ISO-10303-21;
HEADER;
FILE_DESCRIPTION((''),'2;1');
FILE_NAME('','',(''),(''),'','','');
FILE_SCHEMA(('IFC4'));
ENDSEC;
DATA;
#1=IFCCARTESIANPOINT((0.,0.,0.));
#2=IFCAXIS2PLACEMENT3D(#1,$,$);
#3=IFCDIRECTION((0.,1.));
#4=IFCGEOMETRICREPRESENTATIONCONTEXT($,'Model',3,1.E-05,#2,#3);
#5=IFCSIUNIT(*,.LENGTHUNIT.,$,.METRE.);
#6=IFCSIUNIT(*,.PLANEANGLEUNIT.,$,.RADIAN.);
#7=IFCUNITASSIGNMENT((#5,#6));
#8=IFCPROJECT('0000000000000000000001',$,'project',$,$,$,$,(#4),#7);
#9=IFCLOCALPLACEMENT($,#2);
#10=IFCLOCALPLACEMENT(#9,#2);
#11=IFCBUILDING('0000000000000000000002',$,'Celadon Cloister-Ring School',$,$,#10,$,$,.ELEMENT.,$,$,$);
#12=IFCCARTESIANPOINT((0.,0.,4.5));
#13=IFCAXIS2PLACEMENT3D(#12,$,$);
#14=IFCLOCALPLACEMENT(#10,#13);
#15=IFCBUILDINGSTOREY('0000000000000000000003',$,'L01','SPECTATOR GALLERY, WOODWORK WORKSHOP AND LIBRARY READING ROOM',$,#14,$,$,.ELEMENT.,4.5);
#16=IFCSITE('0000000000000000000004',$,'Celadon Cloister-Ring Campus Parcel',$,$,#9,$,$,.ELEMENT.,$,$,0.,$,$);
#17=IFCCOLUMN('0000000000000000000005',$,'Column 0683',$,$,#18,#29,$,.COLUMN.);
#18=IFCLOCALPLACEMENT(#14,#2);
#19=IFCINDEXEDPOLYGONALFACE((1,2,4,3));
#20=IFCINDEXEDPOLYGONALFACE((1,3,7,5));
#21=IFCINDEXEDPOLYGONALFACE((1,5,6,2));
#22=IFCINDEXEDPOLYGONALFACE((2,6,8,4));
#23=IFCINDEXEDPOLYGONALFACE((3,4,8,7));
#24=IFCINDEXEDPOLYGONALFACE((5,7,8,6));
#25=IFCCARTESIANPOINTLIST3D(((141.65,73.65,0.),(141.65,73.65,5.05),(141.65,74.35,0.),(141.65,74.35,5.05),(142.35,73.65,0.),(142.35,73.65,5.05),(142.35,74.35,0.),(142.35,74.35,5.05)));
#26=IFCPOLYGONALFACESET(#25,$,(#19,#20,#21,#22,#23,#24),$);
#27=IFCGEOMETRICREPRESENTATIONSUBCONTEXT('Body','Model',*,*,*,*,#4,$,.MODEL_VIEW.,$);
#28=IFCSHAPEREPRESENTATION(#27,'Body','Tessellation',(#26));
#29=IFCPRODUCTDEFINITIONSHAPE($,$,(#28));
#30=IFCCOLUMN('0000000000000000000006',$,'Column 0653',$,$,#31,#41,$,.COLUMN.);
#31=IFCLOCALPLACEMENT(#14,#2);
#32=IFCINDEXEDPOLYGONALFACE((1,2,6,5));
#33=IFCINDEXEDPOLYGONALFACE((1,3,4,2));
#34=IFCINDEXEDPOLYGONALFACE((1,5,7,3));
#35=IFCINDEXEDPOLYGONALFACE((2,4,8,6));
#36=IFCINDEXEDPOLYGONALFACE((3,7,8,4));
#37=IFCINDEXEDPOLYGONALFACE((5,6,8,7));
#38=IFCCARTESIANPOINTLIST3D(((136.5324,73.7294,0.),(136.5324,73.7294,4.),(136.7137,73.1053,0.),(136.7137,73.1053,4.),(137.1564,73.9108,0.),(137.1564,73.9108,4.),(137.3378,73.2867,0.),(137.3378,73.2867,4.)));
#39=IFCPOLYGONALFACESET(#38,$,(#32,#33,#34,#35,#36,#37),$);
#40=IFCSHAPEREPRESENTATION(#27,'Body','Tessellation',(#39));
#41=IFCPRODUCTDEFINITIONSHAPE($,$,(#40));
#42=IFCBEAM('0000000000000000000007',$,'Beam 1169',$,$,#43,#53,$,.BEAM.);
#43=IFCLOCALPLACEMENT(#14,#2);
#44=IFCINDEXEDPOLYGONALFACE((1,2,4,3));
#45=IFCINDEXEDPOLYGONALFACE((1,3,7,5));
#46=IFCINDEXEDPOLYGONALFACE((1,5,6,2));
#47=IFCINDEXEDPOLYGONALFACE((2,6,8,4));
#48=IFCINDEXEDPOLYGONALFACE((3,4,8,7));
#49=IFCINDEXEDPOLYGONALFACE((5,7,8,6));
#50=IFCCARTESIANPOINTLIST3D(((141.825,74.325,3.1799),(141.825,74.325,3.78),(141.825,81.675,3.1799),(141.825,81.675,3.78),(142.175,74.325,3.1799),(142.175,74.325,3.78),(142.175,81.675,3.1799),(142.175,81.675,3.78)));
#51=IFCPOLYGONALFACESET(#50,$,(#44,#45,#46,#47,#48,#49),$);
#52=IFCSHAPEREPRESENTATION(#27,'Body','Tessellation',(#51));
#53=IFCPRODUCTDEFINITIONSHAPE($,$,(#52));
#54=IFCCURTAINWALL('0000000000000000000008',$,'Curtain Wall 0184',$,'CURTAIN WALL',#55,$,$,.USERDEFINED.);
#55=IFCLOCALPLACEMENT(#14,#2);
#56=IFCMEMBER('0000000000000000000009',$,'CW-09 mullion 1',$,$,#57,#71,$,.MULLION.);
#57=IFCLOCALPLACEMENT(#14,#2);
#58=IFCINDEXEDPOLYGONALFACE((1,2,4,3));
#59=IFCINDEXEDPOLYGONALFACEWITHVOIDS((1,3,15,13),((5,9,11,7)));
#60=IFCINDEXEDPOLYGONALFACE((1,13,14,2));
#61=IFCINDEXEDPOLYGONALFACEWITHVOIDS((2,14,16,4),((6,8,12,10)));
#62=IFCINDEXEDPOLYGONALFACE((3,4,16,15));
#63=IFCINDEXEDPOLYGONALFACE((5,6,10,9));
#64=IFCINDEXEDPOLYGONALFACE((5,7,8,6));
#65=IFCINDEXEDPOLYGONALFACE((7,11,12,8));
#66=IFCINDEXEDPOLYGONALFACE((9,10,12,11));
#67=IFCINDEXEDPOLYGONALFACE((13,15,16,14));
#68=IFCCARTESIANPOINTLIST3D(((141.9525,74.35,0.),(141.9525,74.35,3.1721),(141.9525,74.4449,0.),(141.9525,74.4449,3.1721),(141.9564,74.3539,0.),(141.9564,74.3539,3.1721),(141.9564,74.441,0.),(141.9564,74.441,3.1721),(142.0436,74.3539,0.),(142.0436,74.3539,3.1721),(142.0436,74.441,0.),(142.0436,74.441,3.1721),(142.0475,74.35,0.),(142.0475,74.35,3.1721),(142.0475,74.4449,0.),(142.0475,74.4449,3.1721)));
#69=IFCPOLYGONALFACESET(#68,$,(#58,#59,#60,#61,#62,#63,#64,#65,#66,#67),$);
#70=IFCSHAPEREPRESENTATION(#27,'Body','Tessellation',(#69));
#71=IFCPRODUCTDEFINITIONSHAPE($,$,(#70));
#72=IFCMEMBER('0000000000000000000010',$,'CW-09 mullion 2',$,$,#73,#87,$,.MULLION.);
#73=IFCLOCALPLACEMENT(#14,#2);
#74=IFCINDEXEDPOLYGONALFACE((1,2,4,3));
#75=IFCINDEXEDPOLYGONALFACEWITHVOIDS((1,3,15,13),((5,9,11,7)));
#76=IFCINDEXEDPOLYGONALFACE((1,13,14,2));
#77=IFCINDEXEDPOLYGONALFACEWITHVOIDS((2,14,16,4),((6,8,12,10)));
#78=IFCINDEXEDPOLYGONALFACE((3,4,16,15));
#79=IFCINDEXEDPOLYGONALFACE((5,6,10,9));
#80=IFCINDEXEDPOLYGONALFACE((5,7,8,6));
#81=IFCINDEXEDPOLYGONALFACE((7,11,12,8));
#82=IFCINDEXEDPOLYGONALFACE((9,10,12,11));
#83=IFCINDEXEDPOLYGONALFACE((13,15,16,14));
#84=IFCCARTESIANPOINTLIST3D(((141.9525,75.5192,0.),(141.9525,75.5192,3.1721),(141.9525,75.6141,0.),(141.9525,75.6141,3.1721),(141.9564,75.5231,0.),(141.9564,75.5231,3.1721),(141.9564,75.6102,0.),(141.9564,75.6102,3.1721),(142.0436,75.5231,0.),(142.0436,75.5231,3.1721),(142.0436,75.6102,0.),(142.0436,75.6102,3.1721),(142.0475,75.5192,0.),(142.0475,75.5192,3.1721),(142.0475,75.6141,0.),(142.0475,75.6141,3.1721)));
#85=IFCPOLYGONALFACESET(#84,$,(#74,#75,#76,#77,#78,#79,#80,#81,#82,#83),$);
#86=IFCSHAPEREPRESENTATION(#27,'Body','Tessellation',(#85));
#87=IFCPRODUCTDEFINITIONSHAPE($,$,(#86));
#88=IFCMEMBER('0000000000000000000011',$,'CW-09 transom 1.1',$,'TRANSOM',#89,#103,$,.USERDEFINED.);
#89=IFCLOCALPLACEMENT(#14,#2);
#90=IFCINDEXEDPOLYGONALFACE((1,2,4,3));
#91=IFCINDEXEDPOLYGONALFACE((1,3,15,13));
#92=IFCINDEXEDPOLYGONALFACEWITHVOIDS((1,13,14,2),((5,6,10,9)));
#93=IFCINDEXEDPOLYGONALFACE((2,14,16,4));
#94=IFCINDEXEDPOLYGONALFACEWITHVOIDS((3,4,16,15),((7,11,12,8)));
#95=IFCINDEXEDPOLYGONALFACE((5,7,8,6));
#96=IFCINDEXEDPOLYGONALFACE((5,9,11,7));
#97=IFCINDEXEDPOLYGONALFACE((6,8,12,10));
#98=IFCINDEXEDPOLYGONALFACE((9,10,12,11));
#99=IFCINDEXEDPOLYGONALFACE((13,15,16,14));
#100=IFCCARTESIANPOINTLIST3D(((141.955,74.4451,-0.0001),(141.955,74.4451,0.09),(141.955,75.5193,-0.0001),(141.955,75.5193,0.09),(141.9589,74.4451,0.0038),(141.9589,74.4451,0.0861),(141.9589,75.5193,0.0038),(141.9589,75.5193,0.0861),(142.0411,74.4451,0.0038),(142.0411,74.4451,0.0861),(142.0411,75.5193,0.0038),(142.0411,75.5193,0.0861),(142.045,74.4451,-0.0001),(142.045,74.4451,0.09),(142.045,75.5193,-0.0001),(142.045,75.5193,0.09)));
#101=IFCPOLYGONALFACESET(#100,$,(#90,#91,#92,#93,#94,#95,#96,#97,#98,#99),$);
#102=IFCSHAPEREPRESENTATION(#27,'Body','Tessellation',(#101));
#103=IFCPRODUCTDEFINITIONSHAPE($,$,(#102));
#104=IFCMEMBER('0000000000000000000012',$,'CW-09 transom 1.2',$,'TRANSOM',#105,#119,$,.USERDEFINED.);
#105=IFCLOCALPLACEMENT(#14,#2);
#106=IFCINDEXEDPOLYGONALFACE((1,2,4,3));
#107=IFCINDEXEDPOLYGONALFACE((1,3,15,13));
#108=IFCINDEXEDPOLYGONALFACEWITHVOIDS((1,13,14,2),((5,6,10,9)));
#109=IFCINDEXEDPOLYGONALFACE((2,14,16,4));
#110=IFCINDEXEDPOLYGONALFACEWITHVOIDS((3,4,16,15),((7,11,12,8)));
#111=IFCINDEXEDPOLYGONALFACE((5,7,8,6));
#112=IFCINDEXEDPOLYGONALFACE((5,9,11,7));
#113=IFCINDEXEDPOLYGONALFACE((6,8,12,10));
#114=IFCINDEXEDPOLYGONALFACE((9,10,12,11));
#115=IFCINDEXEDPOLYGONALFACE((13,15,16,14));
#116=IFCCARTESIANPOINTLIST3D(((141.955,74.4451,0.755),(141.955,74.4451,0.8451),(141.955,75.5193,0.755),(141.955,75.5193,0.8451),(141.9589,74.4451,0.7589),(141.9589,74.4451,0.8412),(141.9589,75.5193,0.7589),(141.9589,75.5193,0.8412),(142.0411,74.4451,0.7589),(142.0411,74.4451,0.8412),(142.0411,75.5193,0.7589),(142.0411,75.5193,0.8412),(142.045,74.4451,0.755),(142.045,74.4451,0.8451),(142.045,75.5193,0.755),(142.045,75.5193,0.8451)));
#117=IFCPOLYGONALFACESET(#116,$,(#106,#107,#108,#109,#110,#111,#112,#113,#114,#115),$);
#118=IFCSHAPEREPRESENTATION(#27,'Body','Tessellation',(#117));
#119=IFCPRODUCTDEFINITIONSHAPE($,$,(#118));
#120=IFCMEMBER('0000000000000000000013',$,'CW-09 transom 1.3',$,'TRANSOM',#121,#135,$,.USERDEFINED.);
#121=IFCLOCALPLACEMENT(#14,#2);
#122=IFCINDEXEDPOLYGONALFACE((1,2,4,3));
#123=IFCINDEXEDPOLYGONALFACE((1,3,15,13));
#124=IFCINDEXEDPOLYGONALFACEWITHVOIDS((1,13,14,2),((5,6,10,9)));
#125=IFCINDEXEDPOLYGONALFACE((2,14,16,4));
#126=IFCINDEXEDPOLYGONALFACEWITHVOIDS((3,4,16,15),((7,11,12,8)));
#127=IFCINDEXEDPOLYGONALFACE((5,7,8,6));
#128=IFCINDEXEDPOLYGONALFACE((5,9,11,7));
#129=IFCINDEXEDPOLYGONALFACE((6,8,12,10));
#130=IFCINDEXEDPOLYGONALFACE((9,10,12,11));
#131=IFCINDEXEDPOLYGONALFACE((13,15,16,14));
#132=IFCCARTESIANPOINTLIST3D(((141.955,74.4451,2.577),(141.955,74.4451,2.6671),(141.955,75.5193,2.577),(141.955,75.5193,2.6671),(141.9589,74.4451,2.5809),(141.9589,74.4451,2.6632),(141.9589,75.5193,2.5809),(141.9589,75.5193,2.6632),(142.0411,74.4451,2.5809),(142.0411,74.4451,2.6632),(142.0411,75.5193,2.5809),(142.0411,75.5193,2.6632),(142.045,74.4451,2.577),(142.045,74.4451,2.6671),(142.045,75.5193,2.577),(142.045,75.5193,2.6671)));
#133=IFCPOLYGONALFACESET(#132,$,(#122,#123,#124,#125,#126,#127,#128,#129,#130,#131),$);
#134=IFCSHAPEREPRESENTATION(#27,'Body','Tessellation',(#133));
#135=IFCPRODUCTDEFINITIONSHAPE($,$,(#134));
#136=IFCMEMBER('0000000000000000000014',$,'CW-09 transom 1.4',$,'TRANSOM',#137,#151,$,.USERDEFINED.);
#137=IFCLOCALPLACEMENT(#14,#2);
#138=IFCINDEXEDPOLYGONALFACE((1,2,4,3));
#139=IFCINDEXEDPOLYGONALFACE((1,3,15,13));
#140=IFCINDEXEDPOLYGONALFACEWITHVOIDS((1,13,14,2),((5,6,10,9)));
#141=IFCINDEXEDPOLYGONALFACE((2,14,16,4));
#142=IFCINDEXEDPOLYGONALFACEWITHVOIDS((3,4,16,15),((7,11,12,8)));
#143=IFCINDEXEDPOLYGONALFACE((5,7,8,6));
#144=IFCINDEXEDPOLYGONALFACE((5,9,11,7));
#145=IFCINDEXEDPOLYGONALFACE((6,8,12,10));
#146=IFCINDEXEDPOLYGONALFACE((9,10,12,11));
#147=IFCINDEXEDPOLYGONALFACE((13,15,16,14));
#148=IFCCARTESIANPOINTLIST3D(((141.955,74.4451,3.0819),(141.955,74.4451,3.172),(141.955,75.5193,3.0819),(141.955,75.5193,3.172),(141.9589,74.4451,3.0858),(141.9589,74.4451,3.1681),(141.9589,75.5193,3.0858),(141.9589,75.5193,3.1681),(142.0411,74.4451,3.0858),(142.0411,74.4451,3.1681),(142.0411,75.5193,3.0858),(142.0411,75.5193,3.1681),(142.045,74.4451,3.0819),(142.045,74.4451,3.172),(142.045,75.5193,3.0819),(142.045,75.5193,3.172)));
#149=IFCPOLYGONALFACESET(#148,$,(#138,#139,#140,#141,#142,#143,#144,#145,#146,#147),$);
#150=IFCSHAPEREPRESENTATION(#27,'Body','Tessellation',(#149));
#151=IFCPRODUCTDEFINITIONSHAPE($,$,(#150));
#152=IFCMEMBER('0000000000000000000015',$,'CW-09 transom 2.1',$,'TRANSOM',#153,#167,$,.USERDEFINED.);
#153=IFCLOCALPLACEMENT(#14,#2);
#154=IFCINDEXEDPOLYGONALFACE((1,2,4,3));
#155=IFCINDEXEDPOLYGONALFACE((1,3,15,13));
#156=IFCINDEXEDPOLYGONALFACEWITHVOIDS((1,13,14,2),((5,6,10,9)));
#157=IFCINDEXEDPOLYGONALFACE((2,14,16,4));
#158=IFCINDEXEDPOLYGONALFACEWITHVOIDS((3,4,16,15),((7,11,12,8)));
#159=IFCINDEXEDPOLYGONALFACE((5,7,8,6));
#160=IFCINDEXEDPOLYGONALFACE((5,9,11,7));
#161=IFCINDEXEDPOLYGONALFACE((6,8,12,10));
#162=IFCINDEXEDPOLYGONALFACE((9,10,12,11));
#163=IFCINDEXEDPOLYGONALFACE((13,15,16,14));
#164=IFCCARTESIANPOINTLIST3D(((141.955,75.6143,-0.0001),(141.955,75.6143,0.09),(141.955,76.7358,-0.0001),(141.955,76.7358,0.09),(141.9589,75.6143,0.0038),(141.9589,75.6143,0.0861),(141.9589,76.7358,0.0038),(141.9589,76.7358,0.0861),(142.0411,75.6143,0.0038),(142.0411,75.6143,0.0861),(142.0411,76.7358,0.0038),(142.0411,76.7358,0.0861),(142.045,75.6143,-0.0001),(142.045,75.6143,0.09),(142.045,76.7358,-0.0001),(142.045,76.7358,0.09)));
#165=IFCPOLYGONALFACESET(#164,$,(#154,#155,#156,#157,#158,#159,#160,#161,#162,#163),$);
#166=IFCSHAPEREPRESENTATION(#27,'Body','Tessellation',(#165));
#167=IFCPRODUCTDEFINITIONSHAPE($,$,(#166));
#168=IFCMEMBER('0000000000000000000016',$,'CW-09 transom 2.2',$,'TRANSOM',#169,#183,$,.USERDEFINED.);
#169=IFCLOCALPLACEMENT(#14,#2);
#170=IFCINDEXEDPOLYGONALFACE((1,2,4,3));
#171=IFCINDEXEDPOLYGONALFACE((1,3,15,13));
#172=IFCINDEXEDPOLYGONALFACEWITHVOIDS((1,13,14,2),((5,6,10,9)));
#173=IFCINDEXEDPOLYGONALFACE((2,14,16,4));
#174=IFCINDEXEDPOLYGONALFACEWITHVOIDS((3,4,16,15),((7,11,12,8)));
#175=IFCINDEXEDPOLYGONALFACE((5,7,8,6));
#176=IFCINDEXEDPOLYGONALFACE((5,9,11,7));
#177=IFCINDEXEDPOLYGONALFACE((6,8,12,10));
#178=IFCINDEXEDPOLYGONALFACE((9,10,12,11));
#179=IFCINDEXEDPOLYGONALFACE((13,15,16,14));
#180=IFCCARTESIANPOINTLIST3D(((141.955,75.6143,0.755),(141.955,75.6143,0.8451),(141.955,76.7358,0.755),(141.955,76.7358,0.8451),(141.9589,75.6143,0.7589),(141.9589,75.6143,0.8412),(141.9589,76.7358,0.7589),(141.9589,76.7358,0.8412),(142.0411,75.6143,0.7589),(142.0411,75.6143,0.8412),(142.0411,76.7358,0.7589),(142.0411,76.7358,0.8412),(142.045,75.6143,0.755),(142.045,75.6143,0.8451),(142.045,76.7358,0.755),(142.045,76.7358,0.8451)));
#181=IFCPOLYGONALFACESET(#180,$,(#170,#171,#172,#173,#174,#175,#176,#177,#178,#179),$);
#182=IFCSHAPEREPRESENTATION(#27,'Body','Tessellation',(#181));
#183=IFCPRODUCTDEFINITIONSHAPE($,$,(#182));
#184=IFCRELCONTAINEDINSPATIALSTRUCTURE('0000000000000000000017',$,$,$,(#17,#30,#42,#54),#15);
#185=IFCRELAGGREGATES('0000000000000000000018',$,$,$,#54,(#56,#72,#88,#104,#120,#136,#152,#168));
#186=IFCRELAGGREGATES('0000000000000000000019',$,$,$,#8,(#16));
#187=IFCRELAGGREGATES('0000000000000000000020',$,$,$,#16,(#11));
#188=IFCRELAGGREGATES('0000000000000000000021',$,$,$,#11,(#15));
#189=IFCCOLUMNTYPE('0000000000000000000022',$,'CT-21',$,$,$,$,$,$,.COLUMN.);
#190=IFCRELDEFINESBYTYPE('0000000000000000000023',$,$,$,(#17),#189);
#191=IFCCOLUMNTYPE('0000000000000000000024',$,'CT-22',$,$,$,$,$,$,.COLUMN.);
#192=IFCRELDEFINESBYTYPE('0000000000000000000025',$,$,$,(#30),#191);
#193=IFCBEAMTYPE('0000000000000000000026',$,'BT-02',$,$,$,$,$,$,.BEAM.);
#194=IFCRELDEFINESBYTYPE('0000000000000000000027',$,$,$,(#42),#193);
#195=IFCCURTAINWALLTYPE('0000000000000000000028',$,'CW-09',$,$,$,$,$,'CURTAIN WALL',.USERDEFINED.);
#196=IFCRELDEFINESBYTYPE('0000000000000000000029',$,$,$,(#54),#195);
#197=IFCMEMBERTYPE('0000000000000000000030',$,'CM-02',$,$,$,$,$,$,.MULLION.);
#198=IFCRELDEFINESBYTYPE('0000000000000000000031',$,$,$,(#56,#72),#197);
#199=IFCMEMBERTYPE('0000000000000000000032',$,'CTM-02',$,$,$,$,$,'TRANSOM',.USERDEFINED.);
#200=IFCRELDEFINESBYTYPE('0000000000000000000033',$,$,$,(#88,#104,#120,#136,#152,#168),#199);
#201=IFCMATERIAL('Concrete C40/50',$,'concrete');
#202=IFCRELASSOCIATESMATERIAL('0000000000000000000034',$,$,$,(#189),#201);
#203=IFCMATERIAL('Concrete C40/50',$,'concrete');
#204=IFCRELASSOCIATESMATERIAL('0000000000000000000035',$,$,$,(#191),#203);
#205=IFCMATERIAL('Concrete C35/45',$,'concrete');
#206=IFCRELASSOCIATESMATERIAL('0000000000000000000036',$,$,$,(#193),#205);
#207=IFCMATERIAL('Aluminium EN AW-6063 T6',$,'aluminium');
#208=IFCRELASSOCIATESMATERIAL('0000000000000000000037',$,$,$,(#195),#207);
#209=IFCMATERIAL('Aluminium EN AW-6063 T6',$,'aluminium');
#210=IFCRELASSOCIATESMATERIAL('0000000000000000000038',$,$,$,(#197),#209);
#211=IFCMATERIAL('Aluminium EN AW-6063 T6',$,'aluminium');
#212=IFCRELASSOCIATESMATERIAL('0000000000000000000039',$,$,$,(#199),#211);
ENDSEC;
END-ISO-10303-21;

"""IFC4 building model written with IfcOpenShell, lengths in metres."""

from ifc_helpers import new_model, si_unit, direction, frame, origin, origin_2d, place, context, subcontext, project, spatial, rectangle, hollow_rectangle, extrude, material, material_profile, profile_set, type_object, element, aggregate, save


model = new_model("IFC4")

# Units and contexts
model_context = context("Model", 3, precision=1e-05, world=origin(), true_north=direction((0.0, 1.0)))
body_context = subcontext(model_context, "Body", "Model", "MODEL_VIEW")
ifc_project = project(units=[si_unit("LENGTHUNIT", "METRE"), si_unit("PLANEANGLEUNIT", "RADIAN")], contexts=[model_context])

# Site, building, storey
site_placement = place(None, origin())
site = spatial("IfcSite", under=ifc_project, at=site_placement, Name="Celadon Cloister-Ring Campus Parcel", CompositionType="ELEMENT", RefElevation=0.0)
building_placement = place(site_placement, origin())
building = spatial("IfcBuilding", under=site, at=building_placement, Name="Celadon Cloister-Ring School", CompositionType="ELEMENT")
storey_placement = place(building_placement, frame((0.0, 0.0, 4.5)))
storey = spatial("IfcBuildingStorey", under=building, at=storey_placement, Name="L01", Description="SPECTATOR GALLERY, WOODWORK WORKSHOP AND LIBRARY READING ROOM", CompositionType="ELEMENT", Elevation=4.5)

# Columns
ifc_material_1 = material(Name="Concrete C40/50", Category="concrete")
ifc_material_profile_1 = material_profile(ifc_material_1, rectangle(XDim=0.7, YDim=0.7, at=origin_2d()), Name="RC700X700")
ifc_profile_set_1 = profile_set([ifc_material_profile_1], Name="Concrete C40/50")
column_type_1 = type_object("IfcColumnType", Name="CT-21", PredefinedType="COLUMN", material=ifc_profile_set_1)
column_1_placement = place(storey_placement, frame((142.0, 74.0, 0.0), z_axis=(0.0, 0.0, 1.0), x_axis=(1.0, 0.0, 0.0)))
element("IfcColumn", 1, at=column_1_placement, inside=storey, type_object=column_type_1, Name="Column 0683", PredefinedType="COLUMN", context=body_context, shape_type="SweptSolid", body=[
    extrude(rectangle(XDim=0.7, YDim=0.7, at=origin_2d()), origin(), (0.0, 0.0, 1.0), 5.05),
])
ifc_material_2 = material(Name="Concrete C40/50", Category="concrete")
ifc_material_profile_2 = material_profile(ifc_material_2, rectangle(XDim=0.6499, YDim=0.6499, at=origin_2d()), Name="RC650X650")
ifc_profile_set_2 = profile_set([ifc_material_profile_2], Name="Concrete C40/50")
column_type_2 = type_object("IfcColumnType", Name="CT-22", PredefinedType="COLUMN", material=ifc_profile_set_2)
column_2_placement = place(storey_placement, frame((136.9351, 73.5081, 0.0), z_axis=(0.0, 0.0, 1.0), x_axis=(0.960294, 0.278991, 0.0)))
element("IfcColumn", 2, at=column_2_placement, inside=storey, type_object=column_type_2, Name="Column 0653", PredefinedType="COLUMN", context=body_context, shape_type="SweptSolid", body=[
    extrude(rectangle(XDim=0.6499, YDim=0.6499, at=origin_2d()), origin(), (0.0, 0.0, 1.0), 4.0),
])

# Beam
ifc_material_3 = material(Name="Concrete C35/45", Category="concrete")
ifc_material_profile_3 = material_profile(ifc_material_3, rectangle(XDim=0.3501, YDim=0.6001, at=origin_2d()), Name="RC350X600")
ifc_profile_set_3 = profile_set([ifc_material_profile_3], Name="Concrete C35/45")
beam_type_1 = type_object("IfcBeamType", Name="BT-02", PredefinedType="BEAM", material=ifc_profile_set_3)
beam_1_placement = place(storey_placement, frame((142.0, 74.325, 3.48), z_axis=(0.0, 1.0, 0.0), x_axis=(-1.0, 0.0, 0.0)))
element("IfcBeam", 3, at=beam_1_placement, inside=storey, type_object=beam_type_1, Name="Beam 1169", PredefinedType="BEAM", context=body_context, shape_type="SweptSolid", body=[
    extrude(rectangle(XDim=0.3501, YDim=0.6001, at=origin_2d()), origin(), (0.0, 0.0, 1.0), 7.3501),
])

# Curtain wall, members
ifc_material_4 = material(Name="Aluminium EN AW-6063 T6", Category="aluminium")
curtain_wall_type = type_object("IfcCurtainWallType", Name="CW-09", ElementType="CURTAIN WALL", PredefinedType="USERDEFINED", material=ifc_material_4)
curtain_wall_placement = place(storey_placement, origin())
curtain_wall = element("IfcCurtainWall", 4, at=curtain_wall_placement, inside=storey, type_object=curtain_wall_type, Name="Curtain Wall 0184", ObjectType="CURTAIN WALL", PredefinedType="USERDEFINED")
ifc_material_5 = material(Name="Aluminium EN AW-6063 T6", Category="aluminium")
ifc_material_profile_4 = material_profile(ifc_material_5, hollow_rectangle(XDim=0.095, YDim=0.095, WallThickness=0.0039, at=origin_2d()), Name="RHS95X95X4")
ifc_profile_set_4 = profile_set([ifc_material_profile_4], Name="Aluminium EN AW-6063 T6")
member_type_1 = type_object("IfcMemberType", Name="CM-02", PredefinedType="MULLION", material=ifc_profile_set_4)
member_1_placement = place(storey_placement, frame((142.0, 74.3975, 0.0), z_axis=(0.0, 0.0, 1.0), x_axis=(-1.0, 0.0, 0.0)))
member_1 = element("IfcMember", 5, at=member_1_placement, type_object=member_type_1, Name="CW-09 mullion 1", PredefinedType="MULLION", context=body_context, shape_type="SweptSolid", body=[
    extrude(hollow_rectangle(XDim=0.095, YDim=0.095, WallThickness=0.0039, at=origin_2d()), origin(), (0.0, 0.0, 1.0), 3.1721),
])
member_2_placement = place(storey_placement, frame((142.0, 75.5667, 0.0), z_axis=(0.0, 0.0, 1.0), x_axis=(-1.0, 0.0, 0.0)))
member_2 = element("IfcMember", 6, at=member_2_placement, type_object=member_type_1, Name="CW-09 mullion 2", PredefinedType="MULLION", context=body_context, shape_type="SweptSolid", body=[
    extrude(hollow_rectangle(XDim=0.095, YDim=0.095, WallThickness=0.0039, at=origin_2d()), origin(), (0.0, 0.0, 1.0), 3.1721),
])
ifc_material_6 = material(Name="Aluminium EN AW-6063 T6", Category="aluminium")
ifc_material_profile_5 = material_profile(ifc_material_6, hollow_rectangle(XDim=0.0901, YDim=0.0901, WallThickness=0.0039, at=origin_2d()), Name="RHS90X90X4")
ifc_profile_set_5 = profile_set([ifc_material_profile_5], Name="Aluminium EN AW-6063 T6")
member_type_2 = type_object("IfcMemberType", Name="CTM-02", ElementType="TRANSOM", PredefinedType="USERDEFINED", material=ifc_profile_set_5)
member_3_placement = place(storey_placement, frame((142.0, 74.4451, 0.0449), z_axis=(0.0, 1.0, 0.0), x_axis=(-1.0, 0.0, 0.0)))
member_3 = element("IfcMember", 7, at=member_3_placement, type_object=member_type_2, Name="CW-09 transom 1.1", ObjectType="TRANSOM", PredefinedType="USERDEFINED", context=body_context, shape_type="SweptSolid", body=[
    extrude(hollow_rectangle(XDim=0.0901, YDim=0.0901, WallThickness=0.0039, at=origin_2d()), origin(), (0.0, 0.0, 1.0), 1.0742),
])
member_4_placement = place(storey_placement, frame((142.0, 74.4451, 0.8), z_axis=(0.0, 1.0, 0.0), x_axis=(-1.0, 0.0, 0.0)))
member_4 = element("IfcMember", 8, at=member_4_placement, type_object=member_type_2, Name="CW-09 transom 1.2", ObjectType="TRANSOM", PredefinedType="USERDEFINED", context=body_context, shape_type="SweptSolid", body=[
    extrude(hollow_rectangle(XDim=0.0901, YDim=0.0901, WallThickness=0.0039, at=origin_2d()), origin(), (0.0, 0.0, 1.0), 1.0742),
])
member_5_placement = place(storey_placement, frame((142.0, 74.4451, 2.6221), z_axis=(0.0, 1.0, 0.0), x_axis=(-1.0, 0.0, 0.0)))
member_5 = element("IfcMember", 9, at=member_5_placement, type_object=member_type_2, Name="CW-09 transom 1.3", ObjectType="TRANSOM", PredefinedType="USERDEFINED", context=body_context, shape_type="SweptSolid", body=[
    extrude(hollow_rectangle(XDim=0.0901, YDim=0.0901, WallThickness=0.0039, at=origin_2d()), origin(), (0.0, 0.0, 1.0), 1.0742),
])
member_6_placement = place(storey_placement, frame((142.0, 74.4451, 3.127), z_axis=(0.0, 1.0, 0.0), x_axis=(-1.0, 0.0, 0.0)))
member_6 = element("IfcMember", 10, at=member_6_placement, type_object=member_type_2, Name="CW-09 transom 1.4", ObjectType="TRANSOM", PredefinedType="USERDEFINED", context=body_context, shape_type="SweptSolid", body=[
    extrude(hollow_rectangle(XDim=0.0901, YDim=0.0901, WallThickness=0.0039, at=origin_2d()), origin(), (0.0, 0.0, 1.0), 1.0742),
])
member_7_placement = place(storey_placement, frame((142.0, 75.6143, 0.0449), z_axis=(0.0, 1.0, 0.0), x_axis=(-1.0, 0.0, 0.0)))
member_7 = element("IfcMember", 11, at=member_7_placement, type_object=member_type_2, Name="CW-09 transom 2.1", ObjectType="TRANSOM", PredefinedType="USERDEFINED", context=body_context, shape_type="SweptSolid", body=[
    extrude(hollow_rectangle(XDim=0.0901, YDim=0.0901, WallThickness=0.0039, at=origin_2d()), origin(), (0.0, 0.0, 1.0), 1.1216),
])
member_8_placement = place(storey_placement, frame((142.0, 75.6143, 0.8), z_axis=(0.0, 1.0, 0.0), x_axis=(-1.0, 0.0, 0.0)))
member_8 = element("IfcMember", 12, at=member_8_placement, type_object=member_type_2, Name="CW-09 transom 2.2", ObjectType="TRANSOM", PredefinedType="USERDEFINED", context=body_context, shape_type="SweptSolid", body=[
    extrude(hollow_rectangle(XDim=0.0901, YDim=0.0901, WallThickness=0.0039, at=origin_2d()), origin(), (0.0, 0.0, 1.0), 1.1216),
])

aggregate(curtain_wall, [member_1, member_2, member_3, member_4, member_5, member_6, member_7, member_8])

save(model, "model.ifc")
